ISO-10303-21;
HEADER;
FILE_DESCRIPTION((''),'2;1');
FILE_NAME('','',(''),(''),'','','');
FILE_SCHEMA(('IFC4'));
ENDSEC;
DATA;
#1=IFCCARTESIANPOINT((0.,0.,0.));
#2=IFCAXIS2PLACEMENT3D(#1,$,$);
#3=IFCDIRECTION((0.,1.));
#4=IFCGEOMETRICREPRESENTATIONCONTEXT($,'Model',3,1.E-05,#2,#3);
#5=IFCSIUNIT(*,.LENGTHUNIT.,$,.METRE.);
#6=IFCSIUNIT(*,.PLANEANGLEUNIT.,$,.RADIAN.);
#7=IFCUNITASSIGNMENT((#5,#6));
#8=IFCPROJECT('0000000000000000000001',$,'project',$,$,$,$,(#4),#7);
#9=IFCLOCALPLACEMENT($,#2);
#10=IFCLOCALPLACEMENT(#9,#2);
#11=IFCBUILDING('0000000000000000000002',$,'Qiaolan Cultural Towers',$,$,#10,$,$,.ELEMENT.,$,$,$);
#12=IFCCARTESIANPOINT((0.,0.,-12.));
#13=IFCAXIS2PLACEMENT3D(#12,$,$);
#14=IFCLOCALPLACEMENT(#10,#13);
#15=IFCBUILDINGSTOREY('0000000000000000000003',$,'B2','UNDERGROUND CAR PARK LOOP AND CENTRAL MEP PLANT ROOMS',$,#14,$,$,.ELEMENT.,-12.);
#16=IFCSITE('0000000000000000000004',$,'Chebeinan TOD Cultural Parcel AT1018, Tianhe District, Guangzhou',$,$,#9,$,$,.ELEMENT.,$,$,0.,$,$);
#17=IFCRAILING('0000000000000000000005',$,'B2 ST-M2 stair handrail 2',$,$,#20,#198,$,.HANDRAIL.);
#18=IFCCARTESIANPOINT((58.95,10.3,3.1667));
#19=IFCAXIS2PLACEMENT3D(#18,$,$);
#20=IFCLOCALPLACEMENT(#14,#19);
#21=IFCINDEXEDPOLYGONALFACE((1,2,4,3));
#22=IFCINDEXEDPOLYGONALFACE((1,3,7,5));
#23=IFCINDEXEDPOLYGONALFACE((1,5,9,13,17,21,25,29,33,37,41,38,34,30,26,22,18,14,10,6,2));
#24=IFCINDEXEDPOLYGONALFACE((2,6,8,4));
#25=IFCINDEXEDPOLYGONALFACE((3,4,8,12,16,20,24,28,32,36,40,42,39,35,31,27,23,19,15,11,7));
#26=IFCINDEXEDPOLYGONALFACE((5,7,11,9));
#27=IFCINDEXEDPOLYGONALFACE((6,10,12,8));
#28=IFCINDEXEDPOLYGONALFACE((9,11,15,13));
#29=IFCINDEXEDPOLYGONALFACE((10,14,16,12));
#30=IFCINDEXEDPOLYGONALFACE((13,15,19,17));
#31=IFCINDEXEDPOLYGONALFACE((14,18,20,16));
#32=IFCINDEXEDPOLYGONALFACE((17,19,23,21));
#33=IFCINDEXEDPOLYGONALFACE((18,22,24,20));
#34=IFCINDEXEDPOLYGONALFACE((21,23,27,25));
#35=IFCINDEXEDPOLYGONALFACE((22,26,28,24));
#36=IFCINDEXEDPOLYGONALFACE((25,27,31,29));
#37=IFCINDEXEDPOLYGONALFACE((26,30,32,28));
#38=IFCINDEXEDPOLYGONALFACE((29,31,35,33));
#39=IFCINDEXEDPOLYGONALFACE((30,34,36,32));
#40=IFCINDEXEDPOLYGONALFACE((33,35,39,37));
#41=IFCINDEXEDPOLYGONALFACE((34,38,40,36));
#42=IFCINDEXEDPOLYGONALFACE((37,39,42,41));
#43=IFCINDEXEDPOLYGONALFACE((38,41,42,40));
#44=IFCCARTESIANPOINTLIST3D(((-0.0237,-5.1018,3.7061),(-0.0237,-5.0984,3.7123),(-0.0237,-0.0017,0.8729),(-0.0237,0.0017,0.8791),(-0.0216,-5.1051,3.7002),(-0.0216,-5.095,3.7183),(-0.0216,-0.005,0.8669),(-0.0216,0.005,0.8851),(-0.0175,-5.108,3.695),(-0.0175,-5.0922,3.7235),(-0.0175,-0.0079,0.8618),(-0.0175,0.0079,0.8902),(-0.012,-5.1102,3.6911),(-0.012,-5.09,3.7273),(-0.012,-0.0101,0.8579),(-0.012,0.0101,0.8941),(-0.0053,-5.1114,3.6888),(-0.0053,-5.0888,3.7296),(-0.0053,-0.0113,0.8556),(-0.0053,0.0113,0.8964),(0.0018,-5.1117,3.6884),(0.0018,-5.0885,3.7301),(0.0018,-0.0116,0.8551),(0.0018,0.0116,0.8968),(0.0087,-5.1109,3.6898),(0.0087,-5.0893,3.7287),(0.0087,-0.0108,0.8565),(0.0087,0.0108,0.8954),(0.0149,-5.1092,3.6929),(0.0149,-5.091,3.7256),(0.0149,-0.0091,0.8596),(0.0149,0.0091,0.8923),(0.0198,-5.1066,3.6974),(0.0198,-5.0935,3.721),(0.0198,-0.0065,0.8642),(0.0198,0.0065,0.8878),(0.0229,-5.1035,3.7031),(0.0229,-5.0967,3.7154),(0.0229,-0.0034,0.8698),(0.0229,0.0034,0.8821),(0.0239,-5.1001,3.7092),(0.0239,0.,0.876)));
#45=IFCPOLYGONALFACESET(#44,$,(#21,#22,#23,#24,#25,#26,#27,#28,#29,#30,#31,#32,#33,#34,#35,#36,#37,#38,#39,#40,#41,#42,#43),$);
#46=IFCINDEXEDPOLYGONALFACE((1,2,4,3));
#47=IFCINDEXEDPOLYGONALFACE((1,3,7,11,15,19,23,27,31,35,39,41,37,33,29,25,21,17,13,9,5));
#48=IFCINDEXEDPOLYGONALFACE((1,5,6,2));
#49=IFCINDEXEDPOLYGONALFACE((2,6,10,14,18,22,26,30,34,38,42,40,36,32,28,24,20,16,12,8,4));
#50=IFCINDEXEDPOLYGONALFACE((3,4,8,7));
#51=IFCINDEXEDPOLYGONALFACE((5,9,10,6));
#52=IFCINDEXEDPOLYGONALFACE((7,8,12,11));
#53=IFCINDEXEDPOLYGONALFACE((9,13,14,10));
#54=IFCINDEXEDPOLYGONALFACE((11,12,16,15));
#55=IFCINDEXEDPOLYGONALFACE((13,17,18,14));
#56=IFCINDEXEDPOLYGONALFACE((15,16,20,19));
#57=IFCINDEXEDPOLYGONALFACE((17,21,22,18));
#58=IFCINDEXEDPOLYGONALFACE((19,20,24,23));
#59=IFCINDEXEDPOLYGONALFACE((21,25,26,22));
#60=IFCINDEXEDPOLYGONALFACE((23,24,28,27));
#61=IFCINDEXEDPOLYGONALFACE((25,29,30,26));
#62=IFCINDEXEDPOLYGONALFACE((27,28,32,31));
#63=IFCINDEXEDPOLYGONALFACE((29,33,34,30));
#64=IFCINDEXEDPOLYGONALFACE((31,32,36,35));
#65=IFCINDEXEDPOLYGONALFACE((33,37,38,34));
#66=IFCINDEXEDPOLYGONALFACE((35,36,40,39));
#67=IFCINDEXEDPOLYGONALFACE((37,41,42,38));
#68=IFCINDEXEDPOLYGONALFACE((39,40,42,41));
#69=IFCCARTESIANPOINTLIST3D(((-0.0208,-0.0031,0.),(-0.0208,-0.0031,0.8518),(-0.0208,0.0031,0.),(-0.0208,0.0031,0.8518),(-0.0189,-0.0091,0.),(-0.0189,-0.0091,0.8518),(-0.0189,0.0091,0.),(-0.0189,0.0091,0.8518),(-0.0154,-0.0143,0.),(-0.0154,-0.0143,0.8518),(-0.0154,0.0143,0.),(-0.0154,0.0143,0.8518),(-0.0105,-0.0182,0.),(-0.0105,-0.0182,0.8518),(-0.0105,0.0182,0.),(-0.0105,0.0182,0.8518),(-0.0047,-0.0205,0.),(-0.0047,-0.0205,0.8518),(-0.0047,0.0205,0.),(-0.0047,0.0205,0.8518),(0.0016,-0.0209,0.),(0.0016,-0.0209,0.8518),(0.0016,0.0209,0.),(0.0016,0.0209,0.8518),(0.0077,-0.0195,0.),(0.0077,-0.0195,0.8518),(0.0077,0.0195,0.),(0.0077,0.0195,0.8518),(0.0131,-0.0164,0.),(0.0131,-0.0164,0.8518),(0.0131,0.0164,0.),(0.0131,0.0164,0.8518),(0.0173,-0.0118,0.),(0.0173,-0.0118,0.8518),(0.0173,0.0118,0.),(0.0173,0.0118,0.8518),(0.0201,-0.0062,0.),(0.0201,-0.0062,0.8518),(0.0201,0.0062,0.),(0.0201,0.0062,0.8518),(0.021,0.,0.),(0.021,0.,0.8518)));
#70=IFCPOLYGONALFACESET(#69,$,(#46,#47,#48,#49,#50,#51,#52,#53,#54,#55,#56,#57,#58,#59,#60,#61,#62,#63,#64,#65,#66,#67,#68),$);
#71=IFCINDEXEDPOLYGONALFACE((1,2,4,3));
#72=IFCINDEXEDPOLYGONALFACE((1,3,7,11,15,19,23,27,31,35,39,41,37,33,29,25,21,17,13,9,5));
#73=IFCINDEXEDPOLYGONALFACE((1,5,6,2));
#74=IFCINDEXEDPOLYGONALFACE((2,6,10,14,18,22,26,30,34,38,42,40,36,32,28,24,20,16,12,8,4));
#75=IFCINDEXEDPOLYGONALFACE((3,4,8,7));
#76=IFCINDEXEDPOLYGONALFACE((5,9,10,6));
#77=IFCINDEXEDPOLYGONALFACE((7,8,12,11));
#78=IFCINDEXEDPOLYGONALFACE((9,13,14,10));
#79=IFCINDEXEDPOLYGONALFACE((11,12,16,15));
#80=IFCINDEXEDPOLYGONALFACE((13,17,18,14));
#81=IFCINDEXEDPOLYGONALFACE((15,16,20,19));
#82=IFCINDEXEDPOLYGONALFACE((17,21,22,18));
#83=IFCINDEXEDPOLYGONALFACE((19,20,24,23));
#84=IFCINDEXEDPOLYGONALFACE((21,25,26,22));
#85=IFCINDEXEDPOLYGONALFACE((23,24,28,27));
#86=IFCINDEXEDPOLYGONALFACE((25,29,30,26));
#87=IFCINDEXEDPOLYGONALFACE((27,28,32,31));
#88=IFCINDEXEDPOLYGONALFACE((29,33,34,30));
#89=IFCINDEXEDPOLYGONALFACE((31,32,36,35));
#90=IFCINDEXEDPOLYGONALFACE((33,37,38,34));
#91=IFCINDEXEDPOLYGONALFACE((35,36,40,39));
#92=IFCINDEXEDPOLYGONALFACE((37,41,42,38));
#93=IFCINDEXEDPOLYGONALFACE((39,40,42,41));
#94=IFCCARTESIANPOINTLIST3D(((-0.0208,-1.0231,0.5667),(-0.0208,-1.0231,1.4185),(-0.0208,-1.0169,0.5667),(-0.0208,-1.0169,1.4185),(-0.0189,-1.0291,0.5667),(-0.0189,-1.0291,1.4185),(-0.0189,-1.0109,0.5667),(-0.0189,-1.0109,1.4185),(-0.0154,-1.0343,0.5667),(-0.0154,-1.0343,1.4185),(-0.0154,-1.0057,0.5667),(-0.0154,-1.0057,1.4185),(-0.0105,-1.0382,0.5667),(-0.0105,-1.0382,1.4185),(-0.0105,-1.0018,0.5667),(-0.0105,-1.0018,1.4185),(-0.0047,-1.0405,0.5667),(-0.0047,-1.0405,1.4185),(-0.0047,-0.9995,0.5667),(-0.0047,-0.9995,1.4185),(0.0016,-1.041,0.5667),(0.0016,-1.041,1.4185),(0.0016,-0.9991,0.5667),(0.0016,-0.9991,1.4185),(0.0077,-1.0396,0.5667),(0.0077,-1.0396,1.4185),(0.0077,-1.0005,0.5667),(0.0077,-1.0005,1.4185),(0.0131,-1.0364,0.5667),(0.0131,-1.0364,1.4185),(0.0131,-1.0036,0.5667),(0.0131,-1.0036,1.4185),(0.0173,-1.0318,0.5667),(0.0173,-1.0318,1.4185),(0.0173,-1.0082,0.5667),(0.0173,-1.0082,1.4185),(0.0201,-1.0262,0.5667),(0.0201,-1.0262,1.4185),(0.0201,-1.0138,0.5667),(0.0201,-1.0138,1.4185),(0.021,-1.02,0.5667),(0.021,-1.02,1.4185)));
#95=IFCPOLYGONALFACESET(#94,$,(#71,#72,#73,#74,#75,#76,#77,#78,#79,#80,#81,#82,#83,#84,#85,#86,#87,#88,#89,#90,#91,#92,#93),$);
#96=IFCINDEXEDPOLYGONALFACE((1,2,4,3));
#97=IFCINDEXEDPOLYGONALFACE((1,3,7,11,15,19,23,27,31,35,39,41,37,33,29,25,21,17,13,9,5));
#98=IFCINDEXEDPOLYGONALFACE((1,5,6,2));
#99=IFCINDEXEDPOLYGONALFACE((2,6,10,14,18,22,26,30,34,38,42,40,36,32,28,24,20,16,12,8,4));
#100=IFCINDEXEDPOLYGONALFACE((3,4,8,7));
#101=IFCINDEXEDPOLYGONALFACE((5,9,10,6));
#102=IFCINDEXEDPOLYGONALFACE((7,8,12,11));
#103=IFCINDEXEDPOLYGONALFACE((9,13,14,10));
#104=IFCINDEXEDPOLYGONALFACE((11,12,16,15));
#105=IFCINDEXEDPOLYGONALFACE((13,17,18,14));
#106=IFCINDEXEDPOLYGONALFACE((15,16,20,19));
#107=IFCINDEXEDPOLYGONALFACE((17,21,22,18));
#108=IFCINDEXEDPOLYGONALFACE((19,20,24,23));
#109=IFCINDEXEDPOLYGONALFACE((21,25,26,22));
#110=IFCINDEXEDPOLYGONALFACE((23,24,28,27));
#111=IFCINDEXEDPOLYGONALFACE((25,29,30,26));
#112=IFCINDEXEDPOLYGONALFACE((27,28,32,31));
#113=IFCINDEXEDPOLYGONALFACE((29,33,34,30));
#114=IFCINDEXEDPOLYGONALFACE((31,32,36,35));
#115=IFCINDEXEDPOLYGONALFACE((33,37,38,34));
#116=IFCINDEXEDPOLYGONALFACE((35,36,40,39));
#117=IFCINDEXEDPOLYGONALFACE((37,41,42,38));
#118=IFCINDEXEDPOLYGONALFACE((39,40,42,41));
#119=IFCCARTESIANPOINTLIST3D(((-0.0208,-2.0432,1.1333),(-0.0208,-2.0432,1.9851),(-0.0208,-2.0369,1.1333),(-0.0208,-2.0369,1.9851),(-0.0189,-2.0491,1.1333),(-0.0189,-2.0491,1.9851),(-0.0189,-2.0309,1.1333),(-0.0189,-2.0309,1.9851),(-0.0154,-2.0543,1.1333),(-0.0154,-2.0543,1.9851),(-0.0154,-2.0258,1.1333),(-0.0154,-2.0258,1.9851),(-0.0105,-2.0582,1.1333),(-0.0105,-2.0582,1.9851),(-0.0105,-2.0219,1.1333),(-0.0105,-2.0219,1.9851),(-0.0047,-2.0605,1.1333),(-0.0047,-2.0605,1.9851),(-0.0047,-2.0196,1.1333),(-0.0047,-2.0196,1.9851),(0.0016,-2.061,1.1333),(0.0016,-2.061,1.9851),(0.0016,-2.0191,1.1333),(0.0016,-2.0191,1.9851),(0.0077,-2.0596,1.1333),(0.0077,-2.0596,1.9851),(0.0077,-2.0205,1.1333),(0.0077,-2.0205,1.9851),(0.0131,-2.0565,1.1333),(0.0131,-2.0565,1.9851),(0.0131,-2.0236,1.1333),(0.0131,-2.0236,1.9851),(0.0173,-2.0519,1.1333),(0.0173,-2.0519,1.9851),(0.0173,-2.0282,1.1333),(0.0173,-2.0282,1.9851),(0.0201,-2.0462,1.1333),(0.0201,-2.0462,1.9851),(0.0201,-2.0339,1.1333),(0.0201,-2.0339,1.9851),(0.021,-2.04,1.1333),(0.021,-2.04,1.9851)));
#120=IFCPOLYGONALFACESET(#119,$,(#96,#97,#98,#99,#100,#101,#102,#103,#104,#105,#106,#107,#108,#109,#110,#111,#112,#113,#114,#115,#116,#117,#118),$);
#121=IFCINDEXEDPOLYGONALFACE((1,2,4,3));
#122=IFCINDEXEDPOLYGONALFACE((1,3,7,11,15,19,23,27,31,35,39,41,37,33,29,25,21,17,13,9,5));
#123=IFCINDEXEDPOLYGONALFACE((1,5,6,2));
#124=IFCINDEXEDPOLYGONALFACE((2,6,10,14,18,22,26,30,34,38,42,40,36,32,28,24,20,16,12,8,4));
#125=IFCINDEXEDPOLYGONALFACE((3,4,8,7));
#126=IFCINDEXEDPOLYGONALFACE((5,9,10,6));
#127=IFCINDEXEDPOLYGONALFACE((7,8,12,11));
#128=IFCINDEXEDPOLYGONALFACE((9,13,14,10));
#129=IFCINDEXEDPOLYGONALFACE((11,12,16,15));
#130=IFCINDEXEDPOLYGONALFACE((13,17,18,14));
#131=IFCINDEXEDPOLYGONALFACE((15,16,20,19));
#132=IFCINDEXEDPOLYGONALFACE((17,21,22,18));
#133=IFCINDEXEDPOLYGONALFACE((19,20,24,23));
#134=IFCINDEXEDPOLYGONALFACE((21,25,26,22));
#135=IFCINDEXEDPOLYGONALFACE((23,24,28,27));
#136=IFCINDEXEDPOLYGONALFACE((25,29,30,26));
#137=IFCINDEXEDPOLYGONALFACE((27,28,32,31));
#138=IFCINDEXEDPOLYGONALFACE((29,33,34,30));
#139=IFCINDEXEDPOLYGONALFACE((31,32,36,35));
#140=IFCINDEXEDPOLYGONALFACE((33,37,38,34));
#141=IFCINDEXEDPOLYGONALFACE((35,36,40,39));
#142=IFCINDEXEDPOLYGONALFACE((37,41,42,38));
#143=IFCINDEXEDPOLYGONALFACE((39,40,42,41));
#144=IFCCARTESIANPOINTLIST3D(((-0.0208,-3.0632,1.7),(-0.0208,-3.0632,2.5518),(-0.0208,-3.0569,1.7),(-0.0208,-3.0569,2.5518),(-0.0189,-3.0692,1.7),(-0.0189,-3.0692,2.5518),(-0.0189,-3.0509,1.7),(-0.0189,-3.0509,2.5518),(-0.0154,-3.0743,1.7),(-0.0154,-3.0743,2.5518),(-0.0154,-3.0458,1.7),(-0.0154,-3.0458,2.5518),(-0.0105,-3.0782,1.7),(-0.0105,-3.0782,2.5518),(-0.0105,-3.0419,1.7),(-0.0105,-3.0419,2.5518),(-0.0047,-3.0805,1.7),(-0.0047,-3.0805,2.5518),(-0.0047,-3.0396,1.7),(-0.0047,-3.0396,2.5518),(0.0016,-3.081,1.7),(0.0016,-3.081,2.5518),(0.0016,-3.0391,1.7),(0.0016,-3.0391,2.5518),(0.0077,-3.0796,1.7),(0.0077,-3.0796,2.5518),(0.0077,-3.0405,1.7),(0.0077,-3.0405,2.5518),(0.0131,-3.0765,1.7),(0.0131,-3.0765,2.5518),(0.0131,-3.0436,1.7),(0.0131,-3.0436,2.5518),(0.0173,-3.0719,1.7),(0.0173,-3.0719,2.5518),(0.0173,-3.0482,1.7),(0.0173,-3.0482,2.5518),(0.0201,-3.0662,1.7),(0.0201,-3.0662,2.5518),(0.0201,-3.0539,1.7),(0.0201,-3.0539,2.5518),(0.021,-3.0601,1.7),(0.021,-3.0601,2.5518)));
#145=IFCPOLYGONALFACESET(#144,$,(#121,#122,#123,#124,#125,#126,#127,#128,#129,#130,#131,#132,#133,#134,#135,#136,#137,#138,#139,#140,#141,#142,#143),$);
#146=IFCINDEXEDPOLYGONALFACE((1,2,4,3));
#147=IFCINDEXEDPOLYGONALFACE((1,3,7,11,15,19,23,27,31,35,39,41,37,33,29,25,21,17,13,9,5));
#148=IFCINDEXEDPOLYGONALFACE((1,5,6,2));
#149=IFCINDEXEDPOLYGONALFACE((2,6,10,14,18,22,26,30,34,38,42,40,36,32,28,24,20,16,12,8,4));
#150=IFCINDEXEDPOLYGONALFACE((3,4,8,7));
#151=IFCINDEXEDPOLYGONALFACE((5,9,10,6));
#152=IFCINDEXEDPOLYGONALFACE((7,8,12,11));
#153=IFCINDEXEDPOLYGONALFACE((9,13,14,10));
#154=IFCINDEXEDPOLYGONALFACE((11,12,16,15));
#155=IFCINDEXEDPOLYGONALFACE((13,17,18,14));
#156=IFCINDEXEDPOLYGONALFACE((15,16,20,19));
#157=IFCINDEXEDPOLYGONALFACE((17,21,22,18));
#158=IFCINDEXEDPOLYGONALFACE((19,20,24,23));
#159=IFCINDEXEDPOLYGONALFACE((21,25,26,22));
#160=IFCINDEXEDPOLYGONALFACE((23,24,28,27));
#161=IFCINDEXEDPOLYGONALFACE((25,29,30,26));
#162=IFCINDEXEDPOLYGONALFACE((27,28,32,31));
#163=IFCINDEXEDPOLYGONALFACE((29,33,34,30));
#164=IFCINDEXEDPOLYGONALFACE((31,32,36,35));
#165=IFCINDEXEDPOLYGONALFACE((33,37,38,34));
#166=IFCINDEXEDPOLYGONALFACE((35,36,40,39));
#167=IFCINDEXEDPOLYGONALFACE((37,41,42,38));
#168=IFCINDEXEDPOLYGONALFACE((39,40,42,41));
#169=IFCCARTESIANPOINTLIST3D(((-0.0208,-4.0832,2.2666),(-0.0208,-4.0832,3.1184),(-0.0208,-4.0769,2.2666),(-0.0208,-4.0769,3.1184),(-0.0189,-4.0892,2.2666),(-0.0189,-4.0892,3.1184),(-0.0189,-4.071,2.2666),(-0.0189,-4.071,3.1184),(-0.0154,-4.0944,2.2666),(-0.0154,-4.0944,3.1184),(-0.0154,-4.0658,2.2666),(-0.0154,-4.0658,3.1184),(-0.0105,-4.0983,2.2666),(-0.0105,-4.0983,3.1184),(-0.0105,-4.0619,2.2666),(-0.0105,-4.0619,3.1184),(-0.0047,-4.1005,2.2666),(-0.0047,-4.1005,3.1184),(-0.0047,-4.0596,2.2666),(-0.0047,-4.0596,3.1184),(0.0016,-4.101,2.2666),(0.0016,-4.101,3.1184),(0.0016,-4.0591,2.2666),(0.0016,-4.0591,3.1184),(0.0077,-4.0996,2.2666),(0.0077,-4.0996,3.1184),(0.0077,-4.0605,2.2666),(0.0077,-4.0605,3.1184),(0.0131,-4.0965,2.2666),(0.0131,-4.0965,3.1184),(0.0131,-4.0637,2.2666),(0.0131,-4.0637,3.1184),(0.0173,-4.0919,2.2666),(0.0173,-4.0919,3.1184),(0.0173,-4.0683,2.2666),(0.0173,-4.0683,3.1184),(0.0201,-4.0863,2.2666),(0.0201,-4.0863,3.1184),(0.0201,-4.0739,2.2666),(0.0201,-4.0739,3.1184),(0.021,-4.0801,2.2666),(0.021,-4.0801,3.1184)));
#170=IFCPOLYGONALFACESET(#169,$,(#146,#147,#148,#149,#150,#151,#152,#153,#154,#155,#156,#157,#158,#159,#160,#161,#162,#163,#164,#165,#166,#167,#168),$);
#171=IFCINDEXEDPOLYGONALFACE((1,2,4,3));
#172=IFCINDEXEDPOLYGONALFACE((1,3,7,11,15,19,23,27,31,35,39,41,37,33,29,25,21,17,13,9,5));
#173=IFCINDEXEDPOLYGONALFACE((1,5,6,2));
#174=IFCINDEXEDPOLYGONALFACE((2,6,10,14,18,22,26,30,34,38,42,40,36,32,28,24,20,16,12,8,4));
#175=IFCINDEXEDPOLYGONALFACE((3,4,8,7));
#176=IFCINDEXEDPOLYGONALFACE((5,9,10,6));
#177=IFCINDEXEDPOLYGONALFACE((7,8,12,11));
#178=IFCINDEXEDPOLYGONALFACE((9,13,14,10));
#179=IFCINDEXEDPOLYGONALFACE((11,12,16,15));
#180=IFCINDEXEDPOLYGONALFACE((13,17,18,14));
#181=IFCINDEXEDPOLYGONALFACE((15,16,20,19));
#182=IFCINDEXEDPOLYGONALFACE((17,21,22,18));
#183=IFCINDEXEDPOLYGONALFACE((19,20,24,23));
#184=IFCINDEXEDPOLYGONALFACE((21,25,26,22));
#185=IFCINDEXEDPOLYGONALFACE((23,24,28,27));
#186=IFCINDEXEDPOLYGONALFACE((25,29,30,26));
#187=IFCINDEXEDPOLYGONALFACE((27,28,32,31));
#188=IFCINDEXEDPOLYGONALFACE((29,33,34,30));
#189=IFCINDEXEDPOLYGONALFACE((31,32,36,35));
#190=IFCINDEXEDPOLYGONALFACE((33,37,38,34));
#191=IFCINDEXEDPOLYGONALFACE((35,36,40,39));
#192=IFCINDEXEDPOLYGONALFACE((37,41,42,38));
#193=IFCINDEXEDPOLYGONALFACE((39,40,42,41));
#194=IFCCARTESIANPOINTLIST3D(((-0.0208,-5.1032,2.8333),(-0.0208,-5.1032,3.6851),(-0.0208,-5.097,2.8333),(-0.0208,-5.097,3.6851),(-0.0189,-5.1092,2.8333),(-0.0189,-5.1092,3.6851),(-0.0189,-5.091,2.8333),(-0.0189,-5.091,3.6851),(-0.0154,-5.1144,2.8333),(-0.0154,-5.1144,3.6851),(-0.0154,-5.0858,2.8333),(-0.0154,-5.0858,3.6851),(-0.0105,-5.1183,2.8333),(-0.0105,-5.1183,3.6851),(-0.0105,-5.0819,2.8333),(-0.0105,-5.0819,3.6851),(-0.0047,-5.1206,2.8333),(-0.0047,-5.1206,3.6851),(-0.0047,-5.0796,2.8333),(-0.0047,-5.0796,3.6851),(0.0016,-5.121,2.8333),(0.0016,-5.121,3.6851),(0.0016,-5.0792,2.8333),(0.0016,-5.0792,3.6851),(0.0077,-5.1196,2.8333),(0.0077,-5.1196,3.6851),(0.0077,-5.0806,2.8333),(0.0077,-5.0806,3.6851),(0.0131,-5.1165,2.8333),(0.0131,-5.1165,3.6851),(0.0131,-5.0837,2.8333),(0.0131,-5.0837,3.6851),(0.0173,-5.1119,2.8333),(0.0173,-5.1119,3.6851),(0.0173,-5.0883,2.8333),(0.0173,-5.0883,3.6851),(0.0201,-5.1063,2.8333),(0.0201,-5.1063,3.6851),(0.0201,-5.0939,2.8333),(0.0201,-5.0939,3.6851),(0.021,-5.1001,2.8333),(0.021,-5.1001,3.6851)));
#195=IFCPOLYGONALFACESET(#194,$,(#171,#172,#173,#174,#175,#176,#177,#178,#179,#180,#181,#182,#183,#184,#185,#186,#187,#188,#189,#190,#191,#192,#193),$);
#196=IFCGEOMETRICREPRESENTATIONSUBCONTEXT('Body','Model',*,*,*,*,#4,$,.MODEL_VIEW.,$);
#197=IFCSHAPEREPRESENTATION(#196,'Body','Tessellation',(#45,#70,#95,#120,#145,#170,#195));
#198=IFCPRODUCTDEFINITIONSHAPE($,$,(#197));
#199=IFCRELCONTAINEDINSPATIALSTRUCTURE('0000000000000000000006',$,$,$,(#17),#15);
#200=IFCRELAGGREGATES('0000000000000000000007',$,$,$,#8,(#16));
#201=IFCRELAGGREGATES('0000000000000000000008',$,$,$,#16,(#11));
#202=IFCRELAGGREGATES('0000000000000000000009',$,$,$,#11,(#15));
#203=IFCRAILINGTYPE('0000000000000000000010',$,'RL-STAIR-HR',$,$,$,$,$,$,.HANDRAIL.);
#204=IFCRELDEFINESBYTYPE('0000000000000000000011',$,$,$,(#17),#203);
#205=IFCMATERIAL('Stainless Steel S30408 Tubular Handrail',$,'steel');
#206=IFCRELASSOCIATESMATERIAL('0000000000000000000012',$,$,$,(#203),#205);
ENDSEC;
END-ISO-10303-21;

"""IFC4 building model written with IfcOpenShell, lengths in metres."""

from ifc_helpers import new_model, si_unit, direction, frame, origin, origin_2d, place, context, subcontext, project, spatial, circle, extrude, material, type_object, element, save


model = new_model("IFC4")

# Units and contexts
model_context = context("Model", 3, precision=1e-05, world=origin(), true_north=direction((0.0, 1.0)))
body_context = subcontext(model_context, "Body", "Model", "MODEL_VIEW")
ifc_project = project(units=[si_unit("LENGTHUNIT", "METRE"), si_unit("PLANEANGLEUNIT", "RADIAN")], contexts=[model_context])

# Site, building, storey
site_placement = place(None, origin())
site = spatial("IfcSite", under=ifc_project, at=site_placement, Name="Chebeinan TOD Cultural Parcel AT1018, Tianhe District, Guangzhou", CompositionType="ELEMENT", RefElevation=0.0)
building_placement = place(site_placement, origin())
building = spatial("IfcBuilding", under=site, at=building_placement, Name="Qiaolan Cultural Towers", CompositionType="ELEMENT")
storey_placement = place(building_placement, frame((0.0, 0.0, -12.0)))
storey = spatial("IfcBuildingStorey", under=building, at=storey_placement, Name="B2", Description="UNDERGROUND CAR PARK LOOP AND CENTRAL MEP PLANT ROOMS", CompositionType="ELEMENT", Elevation=-12.0)

# Railing
ifc_material_1 = material(Name="Stainless Steel S30408 Tubular Handrail", Category="steel")
railing_type_1 = type_object("IfcRailingType", Name="RL-STAIR-HR", PredefinedType="HANDRAIL", material=ifc_material_1)
railing_1_placement = place(storey_placement, frame((58.95, 10.3, 3.1667)))
element("IfcRailing", 1, at=railing_1_placement, inside=storey, type_object=railing_type_1, Name="B2 ST-M2 stair handrail 2", PredefinedType="HANDRAIL", context=body_context, shape_type="SweptSolid", body=[
    extrude(circle(Radius=0.0239, at=origin_2d()), frame((0.0, 0.0, 0.876), z_axis=(0.0, -0.874167, 0.485625), x_axis=(1.0, 0.0, 0.0)), (0.0, 0.0, 1.0), 5.8342),
    extrude(circle(Radius=0.021, at=origin_2d()), origin(), (0.0, 0.0, 1.0), 0.8518),
    extrude(circle(Radius=0.021, at=origin_2d()), frame((0.0, -1.02, 0.5667)), (0.0, 0.0, 1.0), 0.8518),
    extrude(circle(Radius=0.021, at=origin_2d()), frame((0.0, -2.04, 1.1333)), (0.0, 0.0, 1.0), 0.8518),
    extrude(circle(Radius=0.021, at=origin_2d()), frame((0.0, -3.0601, 1.7)), (0.0, 0.0, 1.0), 0.8518),
    extrude(circle(Radius=0.021, at=origin_2d()), frame((0.0, -4.0801, 2.2666)), (0.0, 0.0, 1.0), 0.8518),
    extrude(circle(Radius=0.021, at=origin_2d()), frame((0.0, -5.1001, 2.8333)), (0.0, 0.0, 1.0), 0.8518),
])

save(model, "model.ifc")
